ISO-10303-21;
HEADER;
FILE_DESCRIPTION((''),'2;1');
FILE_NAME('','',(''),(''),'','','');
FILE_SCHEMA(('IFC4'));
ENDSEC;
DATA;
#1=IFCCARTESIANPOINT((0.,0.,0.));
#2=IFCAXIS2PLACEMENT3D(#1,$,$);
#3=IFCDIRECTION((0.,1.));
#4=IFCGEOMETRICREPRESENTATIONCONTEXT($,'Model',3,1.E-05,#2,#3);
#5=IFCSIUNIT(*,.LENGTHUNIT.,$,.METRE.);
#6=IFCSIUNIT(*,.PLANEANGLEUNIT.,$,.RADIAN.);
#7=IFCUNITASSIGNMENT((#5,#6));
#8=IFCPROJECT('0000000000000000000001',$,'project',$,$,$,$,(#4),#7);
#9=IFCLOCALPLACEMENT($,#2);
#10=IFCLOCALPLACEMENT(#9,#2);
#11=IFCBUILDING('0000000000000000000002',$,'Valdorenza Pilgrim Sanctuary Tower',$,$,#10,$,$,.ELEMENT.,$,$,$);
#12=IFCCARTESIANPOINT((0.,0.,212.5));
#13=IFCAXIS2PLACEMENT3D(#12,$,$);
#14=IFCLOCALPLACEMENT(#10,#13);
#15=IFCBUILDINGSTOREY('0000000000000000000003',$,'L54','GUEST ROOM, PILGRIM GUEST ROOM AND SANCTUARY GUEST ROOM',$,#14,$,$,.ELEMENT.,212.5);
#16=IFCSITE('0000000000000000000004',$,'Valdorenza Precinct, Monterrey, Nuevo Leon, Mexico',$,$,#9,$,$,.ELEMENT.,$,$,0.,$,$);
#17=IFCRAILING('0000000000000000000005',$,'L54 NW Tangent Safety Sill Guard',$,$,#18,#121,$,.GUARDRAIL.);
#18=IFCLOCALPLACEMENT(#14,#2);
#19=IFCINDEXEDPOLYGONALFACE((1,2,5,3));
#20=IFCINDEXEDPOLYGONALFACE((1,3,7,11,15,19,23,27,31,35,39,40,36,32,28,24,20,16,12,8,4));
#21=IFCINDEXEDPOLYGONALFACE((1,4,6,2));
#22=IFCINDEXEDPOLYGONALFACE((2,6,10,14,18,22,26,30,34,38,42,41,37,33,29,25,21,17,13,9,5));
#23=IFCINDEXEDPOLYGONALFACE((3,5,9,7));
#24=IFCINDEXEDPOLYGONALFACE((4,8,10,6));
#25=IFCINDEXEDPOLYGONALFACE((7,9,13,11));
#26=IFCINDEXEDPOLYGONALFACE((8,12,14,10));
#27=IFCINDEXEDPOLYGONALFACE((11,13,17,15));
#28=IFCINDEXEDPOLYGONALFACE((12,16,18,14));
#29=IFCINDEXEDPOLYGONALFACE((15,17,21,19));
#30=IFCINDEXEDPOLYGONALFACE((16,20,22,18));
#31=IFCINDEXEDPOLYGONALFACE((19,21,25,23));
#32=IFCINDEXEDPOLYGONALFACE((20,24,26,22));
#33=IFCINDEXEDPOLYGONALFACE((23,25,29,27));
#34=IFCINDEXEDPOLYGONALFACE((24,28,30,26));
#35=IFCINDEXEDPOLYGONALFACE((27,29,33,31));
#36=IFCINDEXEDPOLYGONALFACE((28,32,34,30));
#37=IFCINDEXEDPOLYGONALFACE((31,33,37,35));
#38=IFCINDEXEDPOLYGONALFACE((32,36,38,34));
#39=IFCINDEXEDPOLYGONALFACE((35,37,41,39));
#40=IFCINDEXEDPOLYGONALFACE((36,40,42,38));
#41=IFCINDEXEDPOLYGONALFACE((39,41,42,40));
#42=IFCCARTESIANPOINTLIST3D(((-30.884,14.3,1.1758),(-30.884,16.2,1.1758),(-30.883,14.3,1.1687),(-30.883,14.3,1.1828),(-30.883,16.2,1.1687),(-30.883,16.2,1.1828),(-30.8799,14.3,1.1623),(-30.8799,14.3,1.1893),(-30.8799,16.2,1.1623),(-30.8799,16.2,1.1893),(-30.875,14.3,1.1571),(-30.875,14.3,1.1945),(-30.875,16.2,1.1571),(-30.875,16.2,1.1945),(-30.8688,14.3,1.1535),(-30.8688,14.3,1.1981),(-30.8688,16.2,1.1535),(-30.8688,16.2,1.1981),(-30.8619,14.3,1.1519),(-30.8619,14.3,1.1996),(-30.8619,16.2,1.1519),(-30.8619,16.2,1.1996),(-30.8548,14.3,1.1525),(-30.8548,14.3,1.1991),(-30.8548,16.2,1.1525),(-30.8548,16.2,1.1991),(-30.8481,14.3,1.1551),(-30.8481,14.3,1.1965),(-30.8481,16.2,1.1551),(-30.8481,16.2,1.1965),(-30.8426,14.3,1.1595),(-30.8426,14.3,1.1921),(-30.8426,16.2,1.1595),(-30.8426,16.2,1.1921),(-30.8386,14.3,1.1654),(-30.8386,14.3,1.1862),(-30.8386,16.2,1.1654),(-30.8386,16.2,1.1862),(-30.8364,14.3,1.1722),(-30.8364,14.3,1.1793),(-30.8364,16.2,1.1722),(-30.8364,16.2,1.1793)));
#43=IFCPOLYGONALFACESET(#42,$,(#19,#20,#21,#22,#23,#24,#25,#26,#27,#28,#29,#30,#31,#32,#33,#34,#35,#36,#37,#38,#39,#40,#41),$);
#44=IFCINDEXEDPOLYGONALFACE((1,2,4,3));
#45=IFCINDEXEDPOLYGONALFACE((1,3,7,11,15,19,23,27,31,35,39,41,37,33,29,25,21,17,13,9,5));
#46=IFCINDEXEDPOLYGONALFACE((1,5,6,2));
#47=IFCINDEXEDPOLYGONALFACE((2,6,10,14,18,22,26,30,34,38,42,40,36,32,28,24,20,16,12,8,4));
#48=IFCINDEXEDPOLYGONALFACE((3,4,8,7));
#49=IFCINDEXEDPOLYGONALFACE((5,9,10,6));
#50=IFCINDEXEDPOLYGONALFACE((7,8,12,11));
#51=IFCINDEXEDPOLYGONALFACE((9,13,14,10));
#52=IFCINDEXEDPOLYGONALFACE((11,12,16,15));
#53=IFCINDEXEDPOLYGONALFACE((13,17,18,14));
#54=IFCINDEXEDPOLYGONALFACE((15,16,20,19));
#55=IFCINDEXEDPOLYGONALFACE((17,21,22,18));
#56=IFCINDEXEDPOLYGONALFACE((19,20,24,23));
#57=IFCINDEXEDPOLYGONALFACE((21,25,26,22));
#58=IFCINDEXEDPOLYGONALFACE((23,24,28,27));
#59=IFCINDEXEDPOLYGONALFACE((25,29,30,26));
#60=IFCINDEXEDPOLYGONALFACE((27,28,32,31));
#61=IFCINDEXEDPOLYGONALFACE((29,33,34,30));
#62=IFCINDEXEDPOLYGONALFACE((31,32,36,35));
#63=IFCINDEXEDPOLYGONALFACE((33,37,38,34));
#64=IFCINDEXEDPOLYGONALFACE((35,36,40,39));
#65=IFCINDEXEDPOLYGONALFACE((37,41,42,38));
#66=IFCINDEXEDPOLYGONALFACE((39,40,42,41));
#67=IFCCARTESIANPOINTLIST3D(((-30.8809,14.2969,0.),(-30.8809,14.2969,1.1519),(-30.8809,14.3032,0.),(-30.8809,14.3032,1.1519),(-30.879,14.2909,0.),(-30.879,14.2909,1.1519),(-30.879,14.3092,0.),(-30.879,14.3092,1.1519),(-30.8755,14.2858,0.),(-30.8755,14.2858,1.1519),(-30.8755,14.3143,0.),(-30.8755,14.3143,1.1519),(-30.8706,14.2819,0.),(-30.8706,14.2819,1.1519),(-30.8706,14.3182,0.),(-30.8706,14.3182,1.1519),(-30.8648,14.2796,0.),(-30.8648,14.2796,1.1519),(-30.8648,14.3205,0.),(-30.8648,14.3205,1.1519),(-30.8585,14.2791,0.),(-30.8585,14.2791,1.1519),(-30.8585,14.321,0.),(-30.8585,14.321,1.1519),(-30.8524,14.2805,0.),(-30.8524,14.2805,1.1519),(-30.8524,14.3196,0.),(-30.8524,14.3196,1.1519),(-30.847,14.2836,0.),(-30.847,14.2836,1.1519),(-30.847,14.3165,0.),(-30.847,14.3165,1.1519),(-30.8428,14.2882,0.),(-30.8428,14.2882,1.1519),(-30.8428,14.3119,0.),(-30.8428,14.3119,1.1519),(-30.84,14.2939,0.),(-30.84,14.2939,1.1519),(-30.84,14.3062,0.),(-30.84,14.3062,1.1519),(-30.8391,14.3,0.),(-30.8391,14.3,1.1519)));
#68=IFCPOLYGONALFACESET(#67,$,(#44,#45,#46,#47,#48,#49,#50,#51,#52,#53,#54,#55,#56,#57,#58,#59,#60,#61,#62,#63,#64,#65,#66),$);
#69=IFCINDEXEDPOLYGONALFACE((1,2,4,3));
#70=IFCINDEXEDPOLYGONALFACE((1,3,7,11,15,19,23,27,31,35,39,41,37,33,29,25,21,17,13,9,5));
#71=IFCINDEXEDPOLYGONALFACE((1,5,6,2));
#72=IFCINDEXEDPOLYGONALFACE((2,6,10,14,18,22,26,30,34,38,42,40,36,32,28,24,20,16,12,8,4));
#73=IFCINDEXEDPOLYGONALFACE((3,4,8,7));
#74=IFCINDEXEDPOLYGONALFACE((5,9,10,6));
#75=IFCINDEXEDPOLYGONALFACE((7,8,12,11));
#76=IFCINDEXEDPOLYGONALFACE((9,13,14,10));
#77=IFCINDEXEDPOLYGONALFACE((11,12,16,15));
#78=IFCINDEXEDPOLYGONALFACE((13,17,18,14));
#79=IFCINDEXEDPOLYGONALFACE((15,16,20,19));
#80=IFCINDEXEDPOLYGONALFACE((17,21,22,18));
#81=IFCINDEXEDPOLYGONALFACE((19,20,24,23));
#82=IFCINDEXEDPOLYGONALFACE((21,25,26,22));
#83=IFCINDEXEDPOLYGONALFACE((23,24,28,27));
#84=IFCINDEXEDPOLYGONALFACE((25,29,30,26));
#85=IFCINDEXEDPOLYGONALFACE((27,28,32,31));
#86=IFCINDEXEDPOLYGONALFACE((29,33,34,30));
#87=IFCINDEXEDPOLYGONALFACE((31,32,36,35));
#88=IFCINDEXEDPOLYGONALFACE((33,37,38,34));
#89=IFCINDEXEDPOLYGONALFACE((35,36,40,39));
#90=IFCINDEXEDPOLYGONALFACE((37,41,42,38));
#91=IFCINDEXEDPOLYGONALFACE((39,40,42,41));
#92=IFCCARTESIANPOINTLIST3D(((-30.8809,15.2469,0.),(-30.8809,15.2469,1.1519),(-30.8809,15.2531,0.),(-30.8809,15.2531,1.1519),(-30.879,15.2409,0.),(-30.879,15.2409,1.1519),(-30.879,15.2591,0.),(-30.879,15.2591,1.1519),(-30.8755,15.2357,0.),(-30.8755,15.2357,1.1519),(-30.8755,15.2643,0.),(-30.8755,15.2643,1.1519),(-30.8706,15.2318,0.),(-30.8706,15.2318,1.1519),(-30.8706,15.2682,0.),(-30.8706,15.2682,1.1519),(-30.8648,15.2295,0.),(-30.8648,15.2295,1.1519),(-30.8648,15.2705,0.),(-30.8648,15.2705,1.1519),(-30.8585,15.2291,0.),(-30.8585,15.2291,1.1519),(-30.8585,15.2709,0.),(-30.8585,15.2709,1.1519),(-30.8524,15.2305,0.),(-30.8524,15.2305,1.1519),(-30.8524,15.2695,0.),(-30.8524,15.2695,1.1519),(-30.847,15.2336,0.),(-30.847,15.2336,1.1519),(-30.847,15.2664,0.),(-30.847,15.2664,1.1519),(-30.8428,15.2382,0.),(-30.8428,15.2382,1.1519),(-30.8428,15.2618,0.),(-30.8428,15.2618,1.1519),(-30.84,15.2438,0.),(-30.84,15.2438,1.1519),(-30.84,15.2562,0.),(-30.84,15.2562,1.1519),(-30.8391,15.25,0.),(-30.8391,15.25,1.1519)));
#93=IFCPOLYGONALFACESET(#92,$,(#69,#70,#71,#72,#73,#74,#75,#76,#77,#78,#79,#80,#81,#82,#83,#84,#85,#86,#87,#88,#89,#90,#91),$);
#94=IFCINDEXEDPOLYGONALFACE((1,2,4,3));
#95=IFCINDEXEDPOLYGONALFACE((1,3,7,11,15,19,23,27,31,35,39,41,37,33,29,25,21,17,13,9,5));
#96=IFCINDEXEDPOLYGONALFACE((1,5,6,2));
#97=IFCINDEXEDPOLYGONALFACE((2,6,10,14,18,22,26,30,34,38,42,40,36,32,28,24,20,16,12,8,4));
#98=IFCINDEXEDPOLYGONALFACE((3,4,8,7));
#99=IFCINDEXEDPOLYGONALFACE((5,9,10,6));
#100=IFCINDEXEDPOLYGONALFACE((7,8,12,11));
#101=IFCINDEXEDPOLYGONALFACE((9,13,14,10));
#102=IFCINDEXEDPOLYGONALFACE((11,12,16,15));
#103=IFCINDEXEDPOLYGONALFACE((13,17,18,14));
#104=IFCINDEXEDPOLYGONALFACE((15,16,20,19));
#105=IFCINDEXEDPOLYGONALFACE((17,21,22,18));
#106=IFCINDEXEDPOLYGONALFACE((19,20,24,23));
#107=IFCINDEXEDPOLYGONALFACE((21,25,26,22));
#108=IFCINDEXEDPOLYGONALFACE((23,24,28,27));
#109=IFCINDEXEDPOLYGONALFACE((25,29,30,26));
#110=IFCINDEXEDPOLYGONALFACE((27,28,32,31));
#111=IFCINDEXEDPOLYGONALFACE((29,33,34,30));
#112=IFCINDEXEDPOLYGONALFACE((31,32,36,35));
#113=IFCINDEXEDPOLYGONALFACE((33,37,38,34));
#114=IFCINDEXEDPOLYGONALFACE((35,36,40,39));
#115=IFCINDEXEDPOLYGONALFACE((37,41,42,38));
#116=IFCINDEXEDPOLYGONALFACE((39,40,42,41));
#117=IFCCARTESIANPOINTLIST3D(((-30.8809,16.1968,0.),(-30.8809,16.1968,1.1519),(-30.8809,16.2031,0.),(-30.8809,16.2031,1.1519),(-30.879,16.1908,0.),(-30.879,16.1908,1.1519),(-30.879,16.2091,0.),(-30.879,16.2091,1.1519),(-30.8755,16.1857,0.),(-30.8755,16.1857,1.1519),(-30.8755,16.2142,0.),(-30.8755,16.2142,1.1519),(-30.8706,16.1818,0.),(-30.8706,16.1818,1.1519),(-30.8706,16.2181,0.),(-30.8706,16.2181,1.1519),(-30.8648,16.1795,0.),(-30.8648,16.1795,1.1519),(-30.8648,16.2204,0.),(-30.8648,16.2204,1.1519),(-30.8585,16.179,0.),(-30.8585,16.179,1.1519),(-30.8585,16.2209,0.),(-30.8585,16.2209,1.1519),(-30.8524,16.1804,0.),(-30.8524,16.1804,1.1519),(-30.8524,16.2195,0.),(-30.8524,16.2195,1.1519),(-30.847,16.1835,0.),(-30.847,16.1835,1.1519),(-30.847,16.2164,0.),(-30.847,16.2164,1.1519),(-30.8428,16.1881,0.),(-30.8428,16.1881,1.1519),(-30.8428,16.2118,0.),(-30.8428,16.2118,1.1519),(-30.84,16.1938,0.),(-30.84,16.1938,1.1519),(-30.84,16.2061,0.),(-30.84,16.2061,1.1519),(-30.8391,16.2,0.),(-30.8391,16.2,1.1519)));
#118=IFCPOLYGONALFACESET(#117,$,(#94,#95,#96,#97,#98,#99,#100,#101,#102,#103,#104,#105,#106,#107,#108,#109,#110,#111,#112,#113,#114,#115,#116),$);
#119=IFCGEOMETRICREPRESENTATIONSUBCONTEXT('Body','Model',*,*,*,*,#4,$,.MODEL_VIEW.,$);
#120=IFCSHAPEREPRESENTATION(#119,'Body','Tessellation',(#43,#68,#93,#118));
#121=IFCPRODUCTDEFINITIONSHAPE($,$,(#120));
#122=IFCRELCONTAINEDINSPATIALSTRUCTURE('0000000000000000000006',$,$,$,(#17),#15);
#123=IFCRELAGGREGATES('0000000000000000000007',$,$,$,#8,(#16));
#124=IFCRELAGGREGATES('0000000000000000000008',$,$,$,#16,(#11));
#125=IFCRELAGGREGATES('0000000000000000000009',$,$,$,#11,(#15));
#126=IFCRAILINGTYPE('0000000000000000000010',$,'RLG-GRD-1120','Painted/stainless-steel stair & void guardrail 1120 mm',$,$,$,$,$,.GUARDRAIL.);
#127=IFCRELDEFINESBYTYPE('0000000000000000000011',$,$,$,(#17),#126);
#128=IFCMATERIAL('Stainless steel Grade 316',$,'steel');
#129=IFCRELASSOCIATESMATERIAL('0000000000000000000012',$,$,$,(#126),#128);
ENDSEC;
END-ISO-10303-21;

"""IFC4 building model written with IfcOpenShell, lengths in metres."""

from ifc_helpers import new_model, si_unit, direction, frame, origin, origin_2d, place, context, subcontext, project, spatial, circle, extrude, material, type_object, element, save


model = new_model("IFC4")

# Units and contexts
model_context = context("Model", 3, precision=1e-05, world=origin(), true_north=direction((0.0, 1.0)))
body_context = subcontext(model_context, "Body", "Model", "MODEL_VIEW")
ifc_project = project(units=[si_unit("LENGTHUNIT", "METRE"), si_unit("PLANEANGLEUNIT", "RADIAN")], contexts=[model_context])

# Site, building, storey
site_placement = place(None, origin())
site = spatial("IfcSite", under=ifc_project, at=site_placement, Name="Valdorenza Precinct, Monterrey, Nuevo Leon, Mexico", CompositionType="ELEMENT", RefElevation=0.0)
building_placement = place(site_placement, origin())
building = spatial("IfcBuilding", under=site, at=building_placement, Name="Valdorenza Pilgrim Sanctuary Tower", CompositionType="ELEMENT")
storey_placement = place(building_placement, frame((0.0, 0.0, 212.5)))
storey = spatial("IfcBuildingStorey", under=building, at=storey_placement, Name="L54", Description="GUEST ROOM, PILGRIM GUEST ROOM AND SANCTUARY GUEST ROOM", CompositionType="ELEMENT", Elevation=212.5)

# Railing
ifc_material_1 = material(Name="Stainless steel Grade 316", Category="steel")
railing_type = type_object("IfcRailingType", Name="RLG-GRD-1120", Description="Painted/stainless-steel stair & void guardrail 1120 mm", PredefinedType="GUARDRAIL", material=ifc_material_1)
railing_placement = place(storey_placement, frame((-30.8601, 14.3, 0.0)))
element("IfcRailing", 1, at=railing_placement, inside=storey, type_object=railing_type, Name="L54 NW Tangent Safety Sill Guard", PredefinedType="GUARDRAIL", context=body_context, shape_type="SweptSolid", body=[
    extrude(circle(Radius=0.0239, at=origin_2d()), frame((0.0, 0.0, 1.1758), z_axis=(0.0, 1.0, 0.0), x_axis=(-1.0, 0.0, 0.0)), (0.0, 0.0, 1.0), 1.8999),
    extrude(circle(Radius=0.021, at=origin_2d()), origin(), (0.0, 0.0, 1.0), 1.1519),
    extrude(circle(Radius=0.021, at=origin_2d()), frame((0.0, 0.95, 0.0)), (0.0, 0.0, 1.0), 1.1519),
    extrude(circle(Radius=0.021, at=origin_2d()), frame((0.0, 1.8999, 0.0)), (0.0, 0.0, 1.0), 1.1519),
])

save(model, "model.ifc")
